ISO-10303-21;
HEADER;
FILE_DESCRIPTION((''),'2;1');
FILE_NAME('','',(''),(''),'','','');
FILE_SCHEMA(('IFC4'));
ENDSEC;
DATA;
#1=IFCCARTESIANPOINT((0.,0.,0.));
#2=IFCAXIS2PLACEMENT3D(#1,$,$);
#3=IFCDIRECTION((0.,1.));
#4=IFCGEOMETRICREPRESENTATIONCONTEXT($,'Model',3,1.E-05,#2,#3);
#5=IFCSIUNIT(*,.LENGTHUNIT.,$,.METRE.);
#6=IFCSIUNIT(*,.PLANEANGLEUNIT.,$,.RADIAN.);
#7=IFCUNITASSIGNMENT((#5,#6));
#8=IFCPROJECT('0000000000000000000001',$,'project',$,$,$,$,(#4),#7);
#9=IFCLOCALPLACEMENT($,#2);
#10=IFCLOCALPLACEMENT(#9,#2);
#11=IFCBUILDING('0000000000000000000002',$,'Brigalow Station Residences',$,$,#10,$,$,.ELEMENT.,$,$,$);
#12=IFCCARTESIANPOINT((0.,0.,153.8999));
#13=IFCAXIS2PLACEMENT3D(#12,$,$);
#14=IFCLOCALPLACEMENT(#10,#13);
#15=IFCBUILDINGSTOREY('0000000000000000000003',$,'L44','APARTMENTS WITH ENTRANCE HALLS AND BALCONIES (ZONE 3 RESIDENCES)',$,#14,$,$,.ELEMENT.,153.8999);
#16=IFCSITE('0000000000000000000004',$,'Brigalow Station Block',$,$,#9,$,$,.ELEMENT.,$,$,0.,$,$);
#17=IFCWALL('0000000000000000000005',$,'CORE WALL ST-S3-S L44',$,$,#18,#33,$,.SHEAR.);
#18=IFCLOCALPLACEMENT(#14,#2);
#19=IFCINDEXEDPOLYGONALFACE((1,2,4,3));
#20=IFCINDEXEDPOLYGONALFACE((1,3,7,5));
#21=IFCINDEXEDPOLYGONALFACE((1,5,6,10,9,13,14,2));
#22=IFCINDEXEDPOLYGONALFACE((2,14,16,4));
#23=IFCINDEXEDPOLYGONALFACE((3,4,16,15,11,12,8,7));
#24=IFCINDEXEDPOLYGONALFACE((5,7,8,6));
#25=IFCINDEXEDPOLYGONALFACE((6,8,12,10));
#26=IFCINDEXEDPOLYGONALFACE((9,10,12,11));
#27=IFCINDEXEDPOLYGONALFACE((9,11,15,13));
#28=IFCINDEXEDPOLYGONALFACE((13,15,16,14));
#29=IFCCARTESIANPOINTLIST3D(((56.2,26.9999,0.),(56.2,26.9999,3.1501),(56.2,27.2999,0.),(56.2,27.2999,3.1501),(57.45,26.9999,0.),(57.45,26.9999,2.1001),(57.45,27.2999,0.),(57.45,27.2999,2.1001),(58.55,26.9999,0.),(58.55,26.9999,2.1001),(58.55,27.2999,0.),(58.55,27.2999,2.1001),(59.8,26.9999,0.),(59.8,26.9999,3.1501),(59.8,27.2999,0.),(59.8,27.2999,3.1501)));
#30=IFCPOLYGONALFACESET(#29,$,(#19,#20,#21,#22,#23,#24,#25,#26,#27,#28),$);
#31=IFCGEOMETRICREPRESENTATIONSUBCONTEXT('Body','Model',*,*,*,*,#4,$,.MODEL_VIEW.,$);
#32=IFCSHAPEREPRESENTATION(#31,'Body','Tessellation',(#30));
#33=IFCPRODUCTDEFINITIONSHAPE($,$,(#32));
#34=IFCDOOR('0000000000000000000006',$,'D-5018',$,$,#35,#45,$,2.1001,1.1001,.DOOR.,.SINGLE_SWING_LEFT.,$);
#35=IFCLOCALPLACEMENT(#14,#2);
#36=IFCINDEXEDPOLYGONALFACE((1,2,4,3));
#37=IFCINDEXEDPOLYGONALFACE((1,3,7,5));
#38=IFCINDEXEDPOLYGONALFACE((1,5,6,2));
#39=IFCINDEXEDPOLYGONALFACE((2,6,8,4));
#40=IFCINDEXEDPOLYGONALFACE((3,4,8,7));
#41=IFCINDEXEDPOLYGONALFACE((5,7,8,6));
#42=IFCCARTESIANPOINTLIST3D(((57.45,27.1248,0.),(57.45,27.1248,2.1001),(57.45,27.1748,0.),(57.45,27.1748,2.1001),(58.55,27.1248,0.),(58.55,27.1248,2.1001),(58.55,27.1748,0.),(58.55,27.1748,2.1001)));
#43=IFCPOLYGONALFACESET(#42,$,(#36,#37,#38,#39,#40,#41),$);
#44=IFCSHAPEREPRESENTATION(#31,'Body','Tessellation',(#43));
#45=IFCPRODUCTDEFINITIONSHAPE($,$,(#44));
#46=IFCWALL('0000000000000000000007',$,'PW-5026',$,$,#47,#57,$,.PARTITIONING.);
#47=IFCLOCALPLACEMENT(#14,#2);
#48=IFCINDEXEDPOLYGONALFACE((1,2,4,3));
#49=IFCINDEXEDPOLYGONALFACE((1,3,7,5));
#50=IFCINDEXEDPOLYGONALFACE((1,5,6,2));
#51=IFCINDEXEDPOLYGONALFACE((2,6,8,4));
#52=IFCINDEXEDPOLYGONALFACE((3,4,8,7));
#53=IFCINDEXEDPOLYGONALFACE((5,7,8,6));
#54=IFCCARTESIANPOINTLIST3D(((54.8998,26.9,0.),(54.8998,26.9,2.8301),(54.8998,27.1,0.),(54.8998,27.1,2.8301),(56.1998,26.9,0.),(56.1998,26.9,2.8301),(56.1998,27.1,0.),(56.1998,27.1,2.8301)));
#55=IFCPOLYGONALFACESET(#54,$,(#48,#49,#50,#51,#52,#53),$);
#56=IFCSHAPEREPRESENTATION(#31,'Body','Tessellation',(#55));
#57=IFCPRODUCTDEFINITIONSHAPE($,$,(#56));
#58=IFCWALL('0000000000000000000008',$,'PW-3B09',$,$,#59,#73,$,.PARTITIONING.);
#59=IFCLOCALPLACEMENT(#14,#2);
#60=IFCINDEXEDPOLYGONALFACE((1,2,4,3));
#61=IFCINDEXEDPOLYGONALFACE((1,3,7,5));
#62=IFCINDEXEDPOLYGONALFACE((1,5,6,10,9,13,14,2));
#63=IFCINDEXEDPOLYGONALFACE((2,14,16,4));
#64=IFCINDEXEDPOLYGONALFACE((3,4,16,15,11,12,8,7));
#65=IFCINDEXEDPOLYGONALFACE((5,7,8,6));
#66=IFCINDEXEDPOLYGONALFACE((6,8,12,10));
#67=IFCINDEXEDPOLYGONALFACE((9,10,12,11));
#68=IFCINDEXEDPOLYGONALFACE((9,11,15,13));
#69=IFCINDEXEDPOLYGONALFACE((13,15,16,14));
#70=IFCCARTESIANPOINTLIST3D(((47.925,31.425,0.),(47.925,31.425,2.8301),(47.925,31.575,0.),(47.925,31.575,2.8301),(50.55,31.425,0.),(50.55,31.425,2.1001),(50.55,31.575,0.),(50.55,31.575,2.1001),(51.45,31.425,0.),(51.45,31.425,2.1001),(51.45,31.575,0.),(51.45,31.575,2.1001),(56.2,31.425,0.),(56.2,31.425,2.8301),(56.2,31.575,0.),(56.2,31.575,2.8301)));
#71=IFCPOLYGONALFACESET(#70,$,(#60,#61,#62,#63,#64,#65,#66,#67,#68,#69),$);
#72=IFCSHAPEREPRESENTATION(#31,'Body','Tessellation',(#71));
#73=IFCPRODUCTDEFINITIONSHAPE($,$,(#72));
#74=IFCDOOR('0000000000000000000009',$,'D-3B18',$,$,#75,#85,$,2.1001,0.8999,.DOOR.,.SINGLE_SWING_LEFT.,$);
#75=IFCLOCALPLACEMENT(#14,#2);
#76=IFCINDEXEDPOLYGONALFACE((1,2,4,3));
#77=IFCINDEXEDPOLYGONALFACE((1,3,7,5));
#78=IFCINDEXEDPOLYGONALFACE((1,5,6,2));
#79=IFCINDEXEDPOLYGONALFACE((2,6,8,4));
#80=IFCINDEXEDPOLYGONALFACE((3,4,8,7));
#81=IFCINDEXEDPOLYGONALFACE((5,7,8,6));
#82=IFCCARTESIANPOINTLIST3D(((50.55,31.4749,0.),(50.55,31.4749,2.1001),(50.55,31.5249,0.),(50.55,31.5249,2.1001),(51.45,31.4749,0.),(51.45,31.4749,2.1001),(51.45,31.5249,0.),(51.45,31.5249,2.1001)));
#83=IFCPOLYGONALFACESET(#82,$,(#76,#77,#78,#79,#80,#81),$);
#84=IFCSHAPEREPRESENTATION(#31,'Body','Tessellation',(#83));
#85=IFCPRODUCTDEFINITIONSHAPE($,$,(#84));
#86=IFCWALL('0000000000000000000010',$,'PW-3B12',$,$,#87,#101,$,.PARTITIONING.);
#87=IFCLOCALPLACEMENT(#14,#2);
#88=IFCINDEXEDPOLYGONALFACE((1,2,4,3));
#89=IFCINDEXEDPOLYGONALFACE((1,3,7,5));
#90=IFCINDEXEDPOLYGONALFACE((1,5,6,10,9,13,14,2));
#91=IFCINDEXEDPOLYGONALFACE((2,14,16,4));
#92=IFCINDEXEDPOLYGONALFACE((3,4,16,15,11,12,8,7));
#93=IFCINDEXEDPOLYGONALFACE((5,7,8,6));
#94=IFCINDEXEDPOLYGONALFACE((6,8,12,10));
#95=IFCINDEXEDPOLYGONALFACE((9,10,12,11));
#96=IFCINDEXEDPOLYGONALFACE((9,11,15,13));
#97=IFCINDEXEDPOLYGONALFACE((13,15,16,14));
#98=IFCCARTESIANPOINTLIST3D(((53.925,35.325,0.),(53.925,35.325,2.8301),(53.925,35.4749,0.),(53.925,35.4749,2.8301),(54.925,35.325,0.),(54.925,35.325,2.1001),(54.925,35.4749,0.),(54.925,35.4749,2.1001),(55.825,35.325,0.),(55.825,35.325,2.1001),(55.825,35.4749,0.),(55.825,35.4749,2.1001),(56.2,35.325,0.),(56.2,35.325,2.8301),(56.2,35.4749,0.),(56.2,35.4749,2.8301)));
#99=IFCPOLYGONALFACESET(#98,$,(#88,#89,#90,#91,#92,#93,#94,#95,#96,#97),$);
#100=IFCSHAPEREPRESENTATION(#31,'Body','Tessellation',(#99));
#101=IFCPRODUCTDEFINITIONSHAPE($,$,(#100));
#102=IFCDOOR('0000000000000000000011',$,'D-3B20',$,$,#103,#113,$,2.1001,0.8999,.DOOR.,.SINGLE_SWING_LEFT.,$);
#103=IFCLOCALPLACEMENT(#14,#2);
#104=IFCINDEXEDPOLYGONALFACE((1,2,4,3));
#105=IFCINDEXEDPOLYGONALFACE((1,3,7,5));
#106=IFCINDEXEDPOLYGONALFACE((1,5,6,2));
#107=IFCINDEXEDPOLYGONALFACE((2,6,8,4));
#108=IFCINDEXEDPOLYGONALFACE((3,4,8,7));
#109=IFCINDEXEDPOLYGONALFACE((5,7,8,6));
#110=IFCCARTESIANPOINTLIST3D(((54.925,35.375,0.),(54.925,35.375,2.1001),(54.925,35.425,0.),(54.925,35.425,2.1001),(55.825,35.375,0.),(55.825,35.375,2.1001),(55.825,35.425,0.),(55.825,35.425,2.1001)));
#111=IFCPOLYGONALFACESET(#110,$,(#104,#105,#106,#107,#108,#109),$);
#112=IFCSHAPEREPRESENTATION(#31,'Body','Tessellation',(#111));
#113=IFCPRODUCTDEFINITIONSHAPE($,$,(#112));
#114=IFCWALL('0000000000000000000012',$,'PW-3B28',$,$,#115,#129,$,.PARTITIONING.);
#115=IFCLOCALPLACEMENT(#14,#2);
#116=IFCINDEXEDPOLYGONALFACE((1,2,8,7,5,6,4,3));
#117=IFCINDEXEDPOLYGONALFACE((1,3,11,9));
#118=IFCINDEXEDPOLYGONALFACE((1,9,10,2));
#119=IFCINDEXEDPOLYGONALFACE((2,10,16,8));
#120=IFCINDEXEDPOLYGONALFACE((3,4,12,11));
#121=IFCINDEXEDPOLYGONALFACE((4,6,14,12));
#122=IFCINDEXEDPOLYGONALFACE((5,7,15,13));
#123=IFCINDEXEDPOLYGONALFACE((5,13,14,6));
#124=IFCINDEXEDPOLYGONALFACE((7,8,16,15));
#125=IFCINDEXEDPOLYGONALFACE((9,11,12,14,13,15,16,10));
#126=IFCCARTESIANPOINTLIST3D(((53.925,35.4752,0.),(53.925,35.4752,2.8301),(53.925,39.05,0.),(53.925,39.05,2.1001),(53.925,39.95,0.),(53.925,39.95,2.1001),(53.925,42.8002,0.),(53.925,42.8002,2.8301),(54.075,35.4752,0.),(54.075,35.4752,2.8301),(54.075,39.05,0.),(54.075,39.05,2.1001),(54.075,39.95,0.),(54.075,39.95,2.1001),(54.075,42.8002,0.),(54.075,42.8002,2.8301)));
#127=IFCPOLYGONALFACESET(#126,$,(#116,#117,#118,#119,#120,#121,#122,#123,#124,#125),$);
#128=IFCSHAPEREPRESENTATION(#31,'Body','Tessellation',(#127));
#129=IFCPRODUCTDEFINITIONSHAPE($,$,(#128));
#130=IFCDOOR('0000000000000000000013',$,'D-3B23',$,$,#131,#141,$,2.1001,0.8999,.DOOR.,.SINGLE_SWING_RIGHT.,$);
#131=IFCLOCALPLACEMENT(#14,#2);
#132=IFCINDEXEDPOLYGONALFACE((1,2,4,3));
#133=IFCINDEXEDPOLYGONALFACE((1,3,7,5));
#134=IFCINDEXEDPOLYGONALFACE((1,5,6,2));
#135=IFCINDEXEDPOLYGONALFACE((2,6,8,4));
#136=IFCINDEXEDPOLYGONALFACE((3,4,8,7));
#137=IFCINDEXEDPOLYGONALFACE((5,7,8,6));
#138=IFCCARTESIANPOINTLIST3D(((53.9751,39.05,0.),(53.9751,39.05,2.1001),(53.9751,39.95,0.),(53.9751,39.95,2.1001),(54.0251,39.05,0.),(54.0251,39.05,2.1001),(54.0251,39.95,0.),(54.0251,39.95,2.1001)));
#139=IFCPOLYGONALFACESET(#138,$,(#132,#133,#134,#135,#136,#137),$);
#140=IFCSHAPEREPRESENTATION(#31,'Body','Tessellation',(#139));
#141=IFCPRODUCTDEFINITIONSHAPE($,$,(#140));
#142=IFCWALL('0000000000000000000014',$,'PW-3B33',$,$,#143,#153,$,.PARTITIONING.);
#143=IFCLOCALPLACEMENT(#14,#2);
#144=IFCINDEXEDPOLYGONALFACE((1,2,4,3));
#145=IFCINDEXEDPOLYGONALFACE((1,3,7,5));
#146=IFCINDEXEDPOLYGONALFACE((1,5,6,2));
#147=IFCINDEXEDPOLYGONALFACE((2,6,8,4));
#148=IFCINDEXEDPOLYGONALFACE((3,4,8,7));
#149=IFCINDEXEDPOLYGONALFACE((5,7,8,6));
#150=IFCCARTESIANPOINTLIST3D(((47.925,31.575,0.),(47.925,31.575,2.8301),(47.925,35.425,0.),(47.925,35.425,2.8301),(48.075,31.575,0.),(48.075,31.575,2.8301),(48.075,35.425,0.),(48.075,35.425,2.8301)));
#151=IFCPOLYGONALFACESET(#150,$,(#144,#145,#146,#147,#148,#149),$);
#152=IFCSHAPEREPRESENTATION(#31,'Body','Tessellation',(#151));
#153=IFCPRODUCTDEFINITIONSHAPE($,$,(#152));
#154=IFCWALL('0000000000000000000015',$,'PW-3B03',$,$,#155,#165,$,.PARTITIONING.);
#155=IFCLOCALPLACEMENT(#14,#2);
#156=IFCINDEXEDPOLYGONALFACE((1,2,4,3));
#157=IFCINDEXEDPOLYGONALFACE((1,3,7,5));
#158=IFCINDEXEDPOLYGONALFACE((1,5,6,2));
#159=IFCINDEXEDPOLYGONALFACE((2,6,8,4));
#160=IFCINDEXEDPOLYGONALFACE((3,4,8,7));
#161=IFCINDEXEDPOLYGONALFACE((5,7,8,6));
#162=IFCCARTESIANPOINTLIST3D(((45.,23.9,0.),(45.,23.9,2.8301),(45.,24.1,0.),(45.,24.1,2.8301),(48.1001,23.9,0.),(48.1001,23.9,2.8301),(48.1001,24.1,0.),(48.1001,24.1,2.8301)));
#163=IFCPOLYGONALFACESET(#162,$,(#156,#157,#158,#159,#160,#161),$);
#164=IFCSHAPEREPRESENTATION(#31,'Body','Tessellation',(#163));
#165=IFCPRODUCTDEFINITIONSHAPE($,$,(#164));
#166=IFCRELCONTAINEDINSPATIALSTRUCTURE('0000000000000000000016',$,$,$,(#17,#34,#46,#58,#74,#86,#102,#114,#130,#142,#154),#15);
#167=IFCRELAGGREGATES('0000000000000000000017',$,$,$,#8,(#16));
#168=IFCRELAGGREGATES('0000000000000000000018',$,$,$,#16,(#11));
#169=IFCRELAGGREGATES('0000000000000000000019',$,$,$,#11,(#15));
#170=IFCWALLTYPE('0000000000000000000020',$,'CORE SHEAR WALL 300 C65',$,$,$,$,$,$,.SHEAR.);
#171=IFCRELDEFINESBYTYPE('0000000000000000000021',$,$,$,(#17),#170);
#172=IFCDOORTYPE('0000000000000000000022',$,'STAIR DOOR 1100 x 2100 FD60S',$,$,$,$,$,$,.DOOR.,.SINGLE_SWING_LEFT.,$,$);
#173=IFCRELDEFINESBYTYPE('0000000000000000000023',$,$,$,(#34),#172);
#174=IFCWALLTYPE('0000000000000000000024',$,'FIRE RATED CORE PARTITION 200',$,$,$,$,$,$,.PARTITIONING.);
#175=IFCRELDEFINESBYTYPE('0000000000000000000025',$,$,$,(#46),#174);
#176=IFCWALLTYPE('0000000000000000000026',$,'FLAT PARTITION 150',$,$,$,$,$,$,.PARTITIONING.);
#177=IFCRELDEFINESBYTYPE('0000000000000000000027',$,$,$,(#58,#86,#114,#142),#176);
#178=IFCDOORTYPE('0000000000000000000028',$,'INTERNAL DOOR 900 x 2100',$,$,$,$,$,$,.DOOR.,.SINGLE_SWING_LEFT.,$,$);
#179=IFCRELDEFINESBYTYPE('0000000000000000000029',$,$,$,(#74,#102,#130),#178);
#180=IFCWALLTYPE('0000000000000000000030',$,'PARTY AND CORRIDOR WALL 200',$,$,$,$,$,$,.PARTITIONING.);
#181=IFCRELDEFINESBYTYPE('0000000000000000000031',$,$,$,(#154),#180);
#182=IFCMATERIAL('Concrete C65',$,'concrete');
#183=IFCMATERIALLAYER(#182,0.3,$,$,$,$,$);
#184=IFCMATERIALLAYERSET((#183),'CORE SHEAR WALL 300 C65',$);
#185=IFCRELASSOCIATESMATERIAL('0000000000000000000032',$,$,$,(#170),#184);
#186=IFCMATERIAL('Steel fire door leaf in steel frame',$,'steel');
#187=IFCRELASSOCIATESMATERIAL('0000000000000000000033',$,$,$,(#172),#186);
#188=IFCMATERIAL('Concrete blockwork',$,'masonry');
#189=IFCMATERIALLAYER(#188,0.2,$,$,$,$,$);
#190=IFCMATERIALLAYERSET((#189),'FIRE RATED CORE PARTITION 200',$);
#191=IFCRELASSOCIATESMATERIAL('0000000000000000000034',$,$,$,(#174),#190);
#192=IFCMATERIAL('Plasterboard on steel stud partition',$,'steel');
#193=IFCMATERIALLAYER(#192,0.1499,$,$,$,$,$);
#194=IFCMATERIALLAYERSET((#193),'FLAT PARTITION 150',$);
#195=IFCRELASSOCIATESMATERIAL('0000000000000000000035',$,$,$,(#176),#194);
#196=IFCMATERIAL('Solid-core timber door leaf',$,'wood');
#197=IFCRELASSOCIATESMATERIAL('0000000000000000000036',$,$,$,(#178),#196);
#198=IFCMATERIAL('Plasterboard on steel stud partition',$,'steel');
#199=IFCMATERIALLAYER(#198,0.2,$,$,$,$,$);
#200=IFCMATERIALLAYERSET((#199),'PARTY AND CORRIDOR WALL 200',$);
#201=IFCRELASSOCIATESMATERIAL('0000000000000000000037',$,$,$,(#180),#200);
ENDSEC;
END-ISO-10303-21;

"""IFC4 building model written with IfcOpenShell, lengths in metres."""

from ifc_helpers import new_model, si_unit, direction, frame, frame_2d, origin, place, context, subcontext, project, spatial, rectangle, extrude, material, layer, layer_set, type_object, element, fill, save


model = new_model("IFC4")

# Units and contexts
model_context = context("Model", 3, precision=1e-05, world=origin(), true_north=direction((0.0, 1.0)))
body_context = subcontext(model_context, "Body", "Model", "MODEL_VIEW")
ifc_project = project(units=[si_unit("LENGTHUNIT", "METRE"), si_unit("PLANEANGLEUNIT", "RADIAN")], contexts=[model_context])

# Site, building, storey
site_placement = place(None, origin())
site = spatial("IfcSite", under=ifc_project, at=site_placement, Name="Brigalow Station Block", CompositionType="ELEMENT", RefElevation=0.0)
building_placement = place(site_placement, origin())
building = spatial("IfcBuilding", under=site, at=building_placement, Name="Brigalow Station Residences", CompositionType="ELEMENT")
storey_placement = place(building_placement, frame((0.0, 0.0, 153.8999)))
storey = spatial("IfcBuildingStorey", under=building, at=storey_placement, Name="L44", Description="APARTMENTS WITH ENTRANCE HALLS AND BALCONIES (ZONE 3 RESIDENCES)", CompositionType="ELEMENT", Elevation=153.8999)

# Wall, opening, door
ifc_material_1 = material(Name="Concrete C65", Category="concrete")
ifc_layer_1 = layer(ifc_material_1, 0.3)
ifc_layer_set_1 = layer_set([ifc_layer_1], Name="CORE SHEAR WALL 300 C65")
wall_type_1 = type_object("IfcWallType", Name="CORE SHEAR WALL 300 C65", PredefinedType="SHEAR", material=ifc_layer_set_1)
wall_1_placement = place(storey_placement, frame((56.2, 27.1499, 0.0), z_axis=(0.0, 0.0, 1.0), x_axis=(1.0, 0.0, 0.0)))
wall_1 = element("IfcWall", 1, at=wall_1_placement, inside=storey, type_object=wall_type_1, Name="CORE WALL ST-S3-S L44", PredefinedType="SHEAR", context=body_context, shape_type="SweptSolid", body=[
    extrude(rectangle(XDim=3.6001, YDim=0.3, at=frame_2d((1.8, 0.0))), origin(), (0.0, 0.0, 1.0), 3.1501),
])
opening_1_placement = place(wall_1_placement, frame((1.25, 0.0, 0.0)))
opening_1 = element("IfcOpeningElement", 2, at=opening_1_placement, cuts=wall_1, PredefinedType="OPENING", context=body_context, shape_type="SweptSolid", body=[
    extrude(rectangle(XDim=1.1001, YDim=2.1001, at=frame_2d((0.55, 1.05))), frame((0.0, 0.1602, 0.0), z_axis=(0.0, -1.0, 0.0), x_axis=(1.0, 0.0, 0.0)), (0.0, 0.0, 1.0), 0.3201),
])
ifc_material_2 = material(Name="Steel fire door leaf in steel frame", Category="steel")
door_type_1 = type_object("IfcDoorType", Name="STAIR DOOR 1100 x 2100 FD60S", OperationType="SINGLE_SWING_LEFT", PredefinedType="DOOR", material=ifc_material_2)
door_1_placement = place(opening_1_placement, origin())
door_1 = element("IfcDoor", 3, at=door_1_placement, inside=storey, type_object=door_type_1, Name="D-5018", OperationType="SINGLE_SWING_LEFT", OverallHeight=2.1001, OverallWidth=1.1001, PredefinedType="DOOR", context=body_context, shape_type="SweptSolid", body=[
    extrude(rectangle(XDim=1.1001, YDim=2.1001, at=frame_2d((0.55, 1.05))), frame((0.0, 0.0249, 0.0), z_axis=(0.0, -1.0, 0.0), x_axis=(1.0, 0.0, 0.0)), (0.0, 0.0, 1.0), 0.05),
])
fill(opening_1, door_1)

# Wall
ifc_material_3 = material(Name="Concrete blockwork", Category="masonry")
ifc_layer_2 = layer(ifc_material_3, 0.2)
ifc_layer_set_2 = layer_set([ifc_layer_2], Name="FIRE RATED CORE PARTITION 200")
wall_type_2 = type_object("IfcWallType", Name="FIRE RATED CORE PARTITION 200", PredefinedType="PARTITIONING", material=ifc_layer_set_2)
wall_2_placement = place(storey_placement, frame((54.8999, 27.0, 0.0), z_axis=(0.0, 0.0, 1.0), x_axis=(1.0, 0.0, 0.0)))
element("IfcWall", 4, at=wall_2_placement, inside=storey, type_object=wall_type_2, Name="PW-5026", PredefinedType="PARTITIONING", context=body_context, shape_type="SweptSolid", body=[
    extrude(rectangle(XDim=1.3, YDim=0.2, at=frame_2d((0.6499, 0.0))), origin(), (0.0, 0.0, 1.0), 2.8301),
])

# Walls, openings, doors
ifc_material_4 = material(Name="Plasterboard on steel stud partition", Category="steel")
ifc_layer_3 = layer(ifc_material_4, 0.1499)
ifc_layer_set_3 = layer_set([ifc_layer_3], Name="FLAT PARTITION 150")
wall_type_3 = type_object("IfcWallType", Name="FLAT PARTITION 150", PredefinedType="PARTITIONING", material=ifc_layer_set_3)
wall_3_placement = place(storey_placement, frame((47.925, 31.5, 0.0), z_axis=(0.0, 0.0, 1.0), x_axis=(1.0, 0.0, 0.0)))
wall_3 = element("IfcWall", 5, at=wall_3_placement, inside=storey, type_object=wall_type_3, Name="PW-3B09", PredefinedType="PARTITIONING", context=body_context, shape_type="SweptSolid", body=[
    extrude(rectangle(XDim=8.2749, YDim=0.1499, at=frame_2d((4.1375, 0.0))), origin(), (0.0, 0.0, 1.0), 2.8301),
])
opening_2_placement = place(wall_3_placement, frame((2.625, 0.0, 0.0)))
opening_2 = element("IfcOpeningElement", 6, at=opening_2_placement, cuts=wall_3, PredefinedType="OPENING", context=body_context, shape_type="SweptSolid", body=[
    extrude(rectangle(XDim=0.8999, YDim=2.1001, at=frame_2d((0.45, 1.05))), frame((0.0, 0.085, 0.0), z_axis=(0.0, -1.0, 0.0), x_axis=(1.0, 0.0, 0.0)), (0.0, 0.0, 1.0), 0.1699),
])
ifc_material_5 = material(Name="Solid-core timber door leaf", Category="wood")
door_type_2 = type_object("IfcDoorType", Name="INTERNAL DOOR 900 x 2100", OperationType="SINGLE_SWING_LEFT", PredefinedType="DOOR", material=ifc_material_5)
door_2_placement = place(opening_2_placement, origin())
door_2 = element("IfcDoor", 7, at=door_2_placement, inside=storey, type_object=door_type_2, Name="D-3B18", OperationType="SINGLE_SWING_LEFT", OverallHeight=2.1001, OverallWidth=0.8999, PredefinedType="DOOR", context=body_context, shape_type="SweptSolid", body=[
    extrude(rectangle(XDim=0.8999, YDim=2.1001, at=frame_2d((0.45, 1.05))), frame((0.0, 0.0249, 0.0), z_axis=(0.0, -1.0, 0.0), x_axis=(1.0, 0.0, 0.0)), (0.0, 0.0, 1.0), 0.05),
])
fill(opening_2, door_2)
wall_4_placement = place(storey_placement, frame((53.925, 35.3999, 0.0), z_axis=(0.0, 0.0, 1.0), x_axis=(1.0, 0.0, 0.0)))
wall_4 = element("IfcWall", 8, at=wall_4_placement, inside=storey, type_object=wall_type_3, Name="PW-3B12", PredefinedType="PARTITIONING", context=body_context, shape_type="SweptSolid", body=[
    extrude(rectangle(XDim=2.2749, YDim=0.1499, at=frame_2d((1.1375, 0.0))), origin(), (0.0, 0.0, 1.0), 2.8301),
])
opening_3_placement = place(wall_4_placement, frame((1.0, 0.0, 0.0)))
opening_3 = element("IfcOpeningElement", 9, at=opening_3_placement, cuts=wall_4, PredefinedType="OPENING", context=body_context, shape_type="SweptSolid", body=[
    extrude(rectangle(XDim=0.8999, YDim=2.1001, at=frame_2d((0.45, 1.05))), frame((0.0, 0.085, 0.0), z_axis=(0.0, -1.0, 0.0), x_axis=(1.0, 0.0, 0.0)), (0.0, 0.0, 1.0), 0.1699),
])
door_3_placement = place(opening_3_placement, frame((0.8999, 0.0, 0.0), z_axis=(0.0, 0.0, 1.0), x_axis=(-1.0, 0.0, 0.0)))
door_3 = element("IfcDoor", 10, at=door_3_placement, inside=storey, type_object=door_type_2, Name="D-3B20", OperationType="SINGLE_SWING_LEFT", OverallHeight=2.1001, OverallWidth=0.8999, PredefinedType="DOOR", context=body_context, shape_type="SweptSolid", body=[
    extrude(rectangle(XDim=0.8999, YDim=2.1001, at=frame_2d((0.45, 1.05))), frame((0.0, 0.0249, 0.0), z_axis=(0.0, -1.0, 0.0), x_axis=(1.0, 0.0, 0.0)), (0.0, 0.0, 1.0), 0.05),
])
fill(opening_3, door_3)
wall_5_placement = place(storey_placement, frame((54.0, 35.4751, 0.0), z_axis=(0.0, 0.0, 1.0), x_axis=(0.0, 1.0, 0.0)))
wall_5 = element("IfcWall", 11, at=wall_5_placement, inside=storey, type_object=wall_type_3, Name="PW-3B28", PredefinedType="PARTITIONING", context=body_context, shape_type="SweptSolid", body=[
    extrude(rectangle(XDim=7.325, YDim=0.1499, at=frame_2d((3.6626, 0.0))), origin(), (0.0, 0.0, 1.0), 2.8301),
])
opening_4_placement = place(wall_5_placement, frame((3.575, 0.0, 0.0)))
opening_4 = element("IfcOpeningElement", 12, at=opening_4_placement, cuts=wall_5, PredefinedType="OPENING", context=body_context, shape_type="SweptSolid", body=[
    extrude(rectangle(XDim=0.8999, YDim=2.1001, at=frame_2d((0.45, 1.05))), frame((0.0, 0.085, 0.0), z_axis=(0.0, -1.0, 0.0), x_axis=(1.0, 0.0, 0.0)), (0.0, 0.0, 1.0), 0.1699),
])
door_4_placement = place(opening_4_placement, origin())
door_4 = element("IfcDoor", 13, at=door_4_placement, inside=storey, type_object=door_type_2, Name="D-3B23", OperationType="SINGLE_SWING_RIGHT", OverallHeight=2.1001, OverallWidth=0.8999, PredefinedType="DOOR", context=body_context, shape_type="SweptSolid", body=[
    extrude(rectangle(XDim=0.8999, YDim=2.1001, at=frame_2d((0.45, 1.05))), frame((0.0, 0.0249, 0.0), z_axis=(0.0, -1.0, 0.0), x_axis=(1.0, 0.0, 0.0)), (0.0, 0.0, 1.0), 0.05),
])
fill(opening_4, door_4)

# Walls
wall_6_placement = place(storey_placement, frame((48.0, 31.575, 0.0), z_axis=(0.0, 0.0, 1.0), x_axis=(0.0, 1.0, 0.0)))
element("IfcWall", 14, at=wall_6_placement, inside=storey, type_object=wall_type_3, Name="PW-3B33", PredefinedType="PARTITIONING", context=body_context, shape_type="SweptSolid", body=[
    extrude(rectangle(XDim=3.8501, YDim=0.1499, at=frame_2d((1.925, 0.0))), origin(), (0.0, 0.0, 1.0), 2.8301),
])
ifc_material_6 = material(Name="Plasterboard on steel stud partition", Category="steel")
ifc_layer_4 = layer(ifc_material_6, 0.2)
ifc_layer_set_4 = layer_set([ifc_layer_4], Name="PARTY AND CORRIDOR WALL 200")
wall_type_4 = type_object("IfcWallType", Name="PARTY AND CORRIDOR WALL 200", PredefinedType="PARTITIONING", material=ifc_layer_set_4)
wall_7_placement = place(storey_placement, frame((45.0, 24.0, 0.0), z_axis=(0.0, 0.0, 1.0), x_axis=(1.0, 0.0, 0.0)))
element("IfcWall", 15, at=wall_7_placement, inside=storey, type_object=wall_type_4, Name="PW-3B03", PredefinedType="PARTITIONING", context=body_context, shape_type="SweptSolid", body=[
    extrude(rectangle(XDim=3.1001, YDim=0.2, at=frame_2d((1.55, 0.0))), origin(), (0.0, 0.0, 1.0), 2.8301),
])

save(model, "model.ifc")
